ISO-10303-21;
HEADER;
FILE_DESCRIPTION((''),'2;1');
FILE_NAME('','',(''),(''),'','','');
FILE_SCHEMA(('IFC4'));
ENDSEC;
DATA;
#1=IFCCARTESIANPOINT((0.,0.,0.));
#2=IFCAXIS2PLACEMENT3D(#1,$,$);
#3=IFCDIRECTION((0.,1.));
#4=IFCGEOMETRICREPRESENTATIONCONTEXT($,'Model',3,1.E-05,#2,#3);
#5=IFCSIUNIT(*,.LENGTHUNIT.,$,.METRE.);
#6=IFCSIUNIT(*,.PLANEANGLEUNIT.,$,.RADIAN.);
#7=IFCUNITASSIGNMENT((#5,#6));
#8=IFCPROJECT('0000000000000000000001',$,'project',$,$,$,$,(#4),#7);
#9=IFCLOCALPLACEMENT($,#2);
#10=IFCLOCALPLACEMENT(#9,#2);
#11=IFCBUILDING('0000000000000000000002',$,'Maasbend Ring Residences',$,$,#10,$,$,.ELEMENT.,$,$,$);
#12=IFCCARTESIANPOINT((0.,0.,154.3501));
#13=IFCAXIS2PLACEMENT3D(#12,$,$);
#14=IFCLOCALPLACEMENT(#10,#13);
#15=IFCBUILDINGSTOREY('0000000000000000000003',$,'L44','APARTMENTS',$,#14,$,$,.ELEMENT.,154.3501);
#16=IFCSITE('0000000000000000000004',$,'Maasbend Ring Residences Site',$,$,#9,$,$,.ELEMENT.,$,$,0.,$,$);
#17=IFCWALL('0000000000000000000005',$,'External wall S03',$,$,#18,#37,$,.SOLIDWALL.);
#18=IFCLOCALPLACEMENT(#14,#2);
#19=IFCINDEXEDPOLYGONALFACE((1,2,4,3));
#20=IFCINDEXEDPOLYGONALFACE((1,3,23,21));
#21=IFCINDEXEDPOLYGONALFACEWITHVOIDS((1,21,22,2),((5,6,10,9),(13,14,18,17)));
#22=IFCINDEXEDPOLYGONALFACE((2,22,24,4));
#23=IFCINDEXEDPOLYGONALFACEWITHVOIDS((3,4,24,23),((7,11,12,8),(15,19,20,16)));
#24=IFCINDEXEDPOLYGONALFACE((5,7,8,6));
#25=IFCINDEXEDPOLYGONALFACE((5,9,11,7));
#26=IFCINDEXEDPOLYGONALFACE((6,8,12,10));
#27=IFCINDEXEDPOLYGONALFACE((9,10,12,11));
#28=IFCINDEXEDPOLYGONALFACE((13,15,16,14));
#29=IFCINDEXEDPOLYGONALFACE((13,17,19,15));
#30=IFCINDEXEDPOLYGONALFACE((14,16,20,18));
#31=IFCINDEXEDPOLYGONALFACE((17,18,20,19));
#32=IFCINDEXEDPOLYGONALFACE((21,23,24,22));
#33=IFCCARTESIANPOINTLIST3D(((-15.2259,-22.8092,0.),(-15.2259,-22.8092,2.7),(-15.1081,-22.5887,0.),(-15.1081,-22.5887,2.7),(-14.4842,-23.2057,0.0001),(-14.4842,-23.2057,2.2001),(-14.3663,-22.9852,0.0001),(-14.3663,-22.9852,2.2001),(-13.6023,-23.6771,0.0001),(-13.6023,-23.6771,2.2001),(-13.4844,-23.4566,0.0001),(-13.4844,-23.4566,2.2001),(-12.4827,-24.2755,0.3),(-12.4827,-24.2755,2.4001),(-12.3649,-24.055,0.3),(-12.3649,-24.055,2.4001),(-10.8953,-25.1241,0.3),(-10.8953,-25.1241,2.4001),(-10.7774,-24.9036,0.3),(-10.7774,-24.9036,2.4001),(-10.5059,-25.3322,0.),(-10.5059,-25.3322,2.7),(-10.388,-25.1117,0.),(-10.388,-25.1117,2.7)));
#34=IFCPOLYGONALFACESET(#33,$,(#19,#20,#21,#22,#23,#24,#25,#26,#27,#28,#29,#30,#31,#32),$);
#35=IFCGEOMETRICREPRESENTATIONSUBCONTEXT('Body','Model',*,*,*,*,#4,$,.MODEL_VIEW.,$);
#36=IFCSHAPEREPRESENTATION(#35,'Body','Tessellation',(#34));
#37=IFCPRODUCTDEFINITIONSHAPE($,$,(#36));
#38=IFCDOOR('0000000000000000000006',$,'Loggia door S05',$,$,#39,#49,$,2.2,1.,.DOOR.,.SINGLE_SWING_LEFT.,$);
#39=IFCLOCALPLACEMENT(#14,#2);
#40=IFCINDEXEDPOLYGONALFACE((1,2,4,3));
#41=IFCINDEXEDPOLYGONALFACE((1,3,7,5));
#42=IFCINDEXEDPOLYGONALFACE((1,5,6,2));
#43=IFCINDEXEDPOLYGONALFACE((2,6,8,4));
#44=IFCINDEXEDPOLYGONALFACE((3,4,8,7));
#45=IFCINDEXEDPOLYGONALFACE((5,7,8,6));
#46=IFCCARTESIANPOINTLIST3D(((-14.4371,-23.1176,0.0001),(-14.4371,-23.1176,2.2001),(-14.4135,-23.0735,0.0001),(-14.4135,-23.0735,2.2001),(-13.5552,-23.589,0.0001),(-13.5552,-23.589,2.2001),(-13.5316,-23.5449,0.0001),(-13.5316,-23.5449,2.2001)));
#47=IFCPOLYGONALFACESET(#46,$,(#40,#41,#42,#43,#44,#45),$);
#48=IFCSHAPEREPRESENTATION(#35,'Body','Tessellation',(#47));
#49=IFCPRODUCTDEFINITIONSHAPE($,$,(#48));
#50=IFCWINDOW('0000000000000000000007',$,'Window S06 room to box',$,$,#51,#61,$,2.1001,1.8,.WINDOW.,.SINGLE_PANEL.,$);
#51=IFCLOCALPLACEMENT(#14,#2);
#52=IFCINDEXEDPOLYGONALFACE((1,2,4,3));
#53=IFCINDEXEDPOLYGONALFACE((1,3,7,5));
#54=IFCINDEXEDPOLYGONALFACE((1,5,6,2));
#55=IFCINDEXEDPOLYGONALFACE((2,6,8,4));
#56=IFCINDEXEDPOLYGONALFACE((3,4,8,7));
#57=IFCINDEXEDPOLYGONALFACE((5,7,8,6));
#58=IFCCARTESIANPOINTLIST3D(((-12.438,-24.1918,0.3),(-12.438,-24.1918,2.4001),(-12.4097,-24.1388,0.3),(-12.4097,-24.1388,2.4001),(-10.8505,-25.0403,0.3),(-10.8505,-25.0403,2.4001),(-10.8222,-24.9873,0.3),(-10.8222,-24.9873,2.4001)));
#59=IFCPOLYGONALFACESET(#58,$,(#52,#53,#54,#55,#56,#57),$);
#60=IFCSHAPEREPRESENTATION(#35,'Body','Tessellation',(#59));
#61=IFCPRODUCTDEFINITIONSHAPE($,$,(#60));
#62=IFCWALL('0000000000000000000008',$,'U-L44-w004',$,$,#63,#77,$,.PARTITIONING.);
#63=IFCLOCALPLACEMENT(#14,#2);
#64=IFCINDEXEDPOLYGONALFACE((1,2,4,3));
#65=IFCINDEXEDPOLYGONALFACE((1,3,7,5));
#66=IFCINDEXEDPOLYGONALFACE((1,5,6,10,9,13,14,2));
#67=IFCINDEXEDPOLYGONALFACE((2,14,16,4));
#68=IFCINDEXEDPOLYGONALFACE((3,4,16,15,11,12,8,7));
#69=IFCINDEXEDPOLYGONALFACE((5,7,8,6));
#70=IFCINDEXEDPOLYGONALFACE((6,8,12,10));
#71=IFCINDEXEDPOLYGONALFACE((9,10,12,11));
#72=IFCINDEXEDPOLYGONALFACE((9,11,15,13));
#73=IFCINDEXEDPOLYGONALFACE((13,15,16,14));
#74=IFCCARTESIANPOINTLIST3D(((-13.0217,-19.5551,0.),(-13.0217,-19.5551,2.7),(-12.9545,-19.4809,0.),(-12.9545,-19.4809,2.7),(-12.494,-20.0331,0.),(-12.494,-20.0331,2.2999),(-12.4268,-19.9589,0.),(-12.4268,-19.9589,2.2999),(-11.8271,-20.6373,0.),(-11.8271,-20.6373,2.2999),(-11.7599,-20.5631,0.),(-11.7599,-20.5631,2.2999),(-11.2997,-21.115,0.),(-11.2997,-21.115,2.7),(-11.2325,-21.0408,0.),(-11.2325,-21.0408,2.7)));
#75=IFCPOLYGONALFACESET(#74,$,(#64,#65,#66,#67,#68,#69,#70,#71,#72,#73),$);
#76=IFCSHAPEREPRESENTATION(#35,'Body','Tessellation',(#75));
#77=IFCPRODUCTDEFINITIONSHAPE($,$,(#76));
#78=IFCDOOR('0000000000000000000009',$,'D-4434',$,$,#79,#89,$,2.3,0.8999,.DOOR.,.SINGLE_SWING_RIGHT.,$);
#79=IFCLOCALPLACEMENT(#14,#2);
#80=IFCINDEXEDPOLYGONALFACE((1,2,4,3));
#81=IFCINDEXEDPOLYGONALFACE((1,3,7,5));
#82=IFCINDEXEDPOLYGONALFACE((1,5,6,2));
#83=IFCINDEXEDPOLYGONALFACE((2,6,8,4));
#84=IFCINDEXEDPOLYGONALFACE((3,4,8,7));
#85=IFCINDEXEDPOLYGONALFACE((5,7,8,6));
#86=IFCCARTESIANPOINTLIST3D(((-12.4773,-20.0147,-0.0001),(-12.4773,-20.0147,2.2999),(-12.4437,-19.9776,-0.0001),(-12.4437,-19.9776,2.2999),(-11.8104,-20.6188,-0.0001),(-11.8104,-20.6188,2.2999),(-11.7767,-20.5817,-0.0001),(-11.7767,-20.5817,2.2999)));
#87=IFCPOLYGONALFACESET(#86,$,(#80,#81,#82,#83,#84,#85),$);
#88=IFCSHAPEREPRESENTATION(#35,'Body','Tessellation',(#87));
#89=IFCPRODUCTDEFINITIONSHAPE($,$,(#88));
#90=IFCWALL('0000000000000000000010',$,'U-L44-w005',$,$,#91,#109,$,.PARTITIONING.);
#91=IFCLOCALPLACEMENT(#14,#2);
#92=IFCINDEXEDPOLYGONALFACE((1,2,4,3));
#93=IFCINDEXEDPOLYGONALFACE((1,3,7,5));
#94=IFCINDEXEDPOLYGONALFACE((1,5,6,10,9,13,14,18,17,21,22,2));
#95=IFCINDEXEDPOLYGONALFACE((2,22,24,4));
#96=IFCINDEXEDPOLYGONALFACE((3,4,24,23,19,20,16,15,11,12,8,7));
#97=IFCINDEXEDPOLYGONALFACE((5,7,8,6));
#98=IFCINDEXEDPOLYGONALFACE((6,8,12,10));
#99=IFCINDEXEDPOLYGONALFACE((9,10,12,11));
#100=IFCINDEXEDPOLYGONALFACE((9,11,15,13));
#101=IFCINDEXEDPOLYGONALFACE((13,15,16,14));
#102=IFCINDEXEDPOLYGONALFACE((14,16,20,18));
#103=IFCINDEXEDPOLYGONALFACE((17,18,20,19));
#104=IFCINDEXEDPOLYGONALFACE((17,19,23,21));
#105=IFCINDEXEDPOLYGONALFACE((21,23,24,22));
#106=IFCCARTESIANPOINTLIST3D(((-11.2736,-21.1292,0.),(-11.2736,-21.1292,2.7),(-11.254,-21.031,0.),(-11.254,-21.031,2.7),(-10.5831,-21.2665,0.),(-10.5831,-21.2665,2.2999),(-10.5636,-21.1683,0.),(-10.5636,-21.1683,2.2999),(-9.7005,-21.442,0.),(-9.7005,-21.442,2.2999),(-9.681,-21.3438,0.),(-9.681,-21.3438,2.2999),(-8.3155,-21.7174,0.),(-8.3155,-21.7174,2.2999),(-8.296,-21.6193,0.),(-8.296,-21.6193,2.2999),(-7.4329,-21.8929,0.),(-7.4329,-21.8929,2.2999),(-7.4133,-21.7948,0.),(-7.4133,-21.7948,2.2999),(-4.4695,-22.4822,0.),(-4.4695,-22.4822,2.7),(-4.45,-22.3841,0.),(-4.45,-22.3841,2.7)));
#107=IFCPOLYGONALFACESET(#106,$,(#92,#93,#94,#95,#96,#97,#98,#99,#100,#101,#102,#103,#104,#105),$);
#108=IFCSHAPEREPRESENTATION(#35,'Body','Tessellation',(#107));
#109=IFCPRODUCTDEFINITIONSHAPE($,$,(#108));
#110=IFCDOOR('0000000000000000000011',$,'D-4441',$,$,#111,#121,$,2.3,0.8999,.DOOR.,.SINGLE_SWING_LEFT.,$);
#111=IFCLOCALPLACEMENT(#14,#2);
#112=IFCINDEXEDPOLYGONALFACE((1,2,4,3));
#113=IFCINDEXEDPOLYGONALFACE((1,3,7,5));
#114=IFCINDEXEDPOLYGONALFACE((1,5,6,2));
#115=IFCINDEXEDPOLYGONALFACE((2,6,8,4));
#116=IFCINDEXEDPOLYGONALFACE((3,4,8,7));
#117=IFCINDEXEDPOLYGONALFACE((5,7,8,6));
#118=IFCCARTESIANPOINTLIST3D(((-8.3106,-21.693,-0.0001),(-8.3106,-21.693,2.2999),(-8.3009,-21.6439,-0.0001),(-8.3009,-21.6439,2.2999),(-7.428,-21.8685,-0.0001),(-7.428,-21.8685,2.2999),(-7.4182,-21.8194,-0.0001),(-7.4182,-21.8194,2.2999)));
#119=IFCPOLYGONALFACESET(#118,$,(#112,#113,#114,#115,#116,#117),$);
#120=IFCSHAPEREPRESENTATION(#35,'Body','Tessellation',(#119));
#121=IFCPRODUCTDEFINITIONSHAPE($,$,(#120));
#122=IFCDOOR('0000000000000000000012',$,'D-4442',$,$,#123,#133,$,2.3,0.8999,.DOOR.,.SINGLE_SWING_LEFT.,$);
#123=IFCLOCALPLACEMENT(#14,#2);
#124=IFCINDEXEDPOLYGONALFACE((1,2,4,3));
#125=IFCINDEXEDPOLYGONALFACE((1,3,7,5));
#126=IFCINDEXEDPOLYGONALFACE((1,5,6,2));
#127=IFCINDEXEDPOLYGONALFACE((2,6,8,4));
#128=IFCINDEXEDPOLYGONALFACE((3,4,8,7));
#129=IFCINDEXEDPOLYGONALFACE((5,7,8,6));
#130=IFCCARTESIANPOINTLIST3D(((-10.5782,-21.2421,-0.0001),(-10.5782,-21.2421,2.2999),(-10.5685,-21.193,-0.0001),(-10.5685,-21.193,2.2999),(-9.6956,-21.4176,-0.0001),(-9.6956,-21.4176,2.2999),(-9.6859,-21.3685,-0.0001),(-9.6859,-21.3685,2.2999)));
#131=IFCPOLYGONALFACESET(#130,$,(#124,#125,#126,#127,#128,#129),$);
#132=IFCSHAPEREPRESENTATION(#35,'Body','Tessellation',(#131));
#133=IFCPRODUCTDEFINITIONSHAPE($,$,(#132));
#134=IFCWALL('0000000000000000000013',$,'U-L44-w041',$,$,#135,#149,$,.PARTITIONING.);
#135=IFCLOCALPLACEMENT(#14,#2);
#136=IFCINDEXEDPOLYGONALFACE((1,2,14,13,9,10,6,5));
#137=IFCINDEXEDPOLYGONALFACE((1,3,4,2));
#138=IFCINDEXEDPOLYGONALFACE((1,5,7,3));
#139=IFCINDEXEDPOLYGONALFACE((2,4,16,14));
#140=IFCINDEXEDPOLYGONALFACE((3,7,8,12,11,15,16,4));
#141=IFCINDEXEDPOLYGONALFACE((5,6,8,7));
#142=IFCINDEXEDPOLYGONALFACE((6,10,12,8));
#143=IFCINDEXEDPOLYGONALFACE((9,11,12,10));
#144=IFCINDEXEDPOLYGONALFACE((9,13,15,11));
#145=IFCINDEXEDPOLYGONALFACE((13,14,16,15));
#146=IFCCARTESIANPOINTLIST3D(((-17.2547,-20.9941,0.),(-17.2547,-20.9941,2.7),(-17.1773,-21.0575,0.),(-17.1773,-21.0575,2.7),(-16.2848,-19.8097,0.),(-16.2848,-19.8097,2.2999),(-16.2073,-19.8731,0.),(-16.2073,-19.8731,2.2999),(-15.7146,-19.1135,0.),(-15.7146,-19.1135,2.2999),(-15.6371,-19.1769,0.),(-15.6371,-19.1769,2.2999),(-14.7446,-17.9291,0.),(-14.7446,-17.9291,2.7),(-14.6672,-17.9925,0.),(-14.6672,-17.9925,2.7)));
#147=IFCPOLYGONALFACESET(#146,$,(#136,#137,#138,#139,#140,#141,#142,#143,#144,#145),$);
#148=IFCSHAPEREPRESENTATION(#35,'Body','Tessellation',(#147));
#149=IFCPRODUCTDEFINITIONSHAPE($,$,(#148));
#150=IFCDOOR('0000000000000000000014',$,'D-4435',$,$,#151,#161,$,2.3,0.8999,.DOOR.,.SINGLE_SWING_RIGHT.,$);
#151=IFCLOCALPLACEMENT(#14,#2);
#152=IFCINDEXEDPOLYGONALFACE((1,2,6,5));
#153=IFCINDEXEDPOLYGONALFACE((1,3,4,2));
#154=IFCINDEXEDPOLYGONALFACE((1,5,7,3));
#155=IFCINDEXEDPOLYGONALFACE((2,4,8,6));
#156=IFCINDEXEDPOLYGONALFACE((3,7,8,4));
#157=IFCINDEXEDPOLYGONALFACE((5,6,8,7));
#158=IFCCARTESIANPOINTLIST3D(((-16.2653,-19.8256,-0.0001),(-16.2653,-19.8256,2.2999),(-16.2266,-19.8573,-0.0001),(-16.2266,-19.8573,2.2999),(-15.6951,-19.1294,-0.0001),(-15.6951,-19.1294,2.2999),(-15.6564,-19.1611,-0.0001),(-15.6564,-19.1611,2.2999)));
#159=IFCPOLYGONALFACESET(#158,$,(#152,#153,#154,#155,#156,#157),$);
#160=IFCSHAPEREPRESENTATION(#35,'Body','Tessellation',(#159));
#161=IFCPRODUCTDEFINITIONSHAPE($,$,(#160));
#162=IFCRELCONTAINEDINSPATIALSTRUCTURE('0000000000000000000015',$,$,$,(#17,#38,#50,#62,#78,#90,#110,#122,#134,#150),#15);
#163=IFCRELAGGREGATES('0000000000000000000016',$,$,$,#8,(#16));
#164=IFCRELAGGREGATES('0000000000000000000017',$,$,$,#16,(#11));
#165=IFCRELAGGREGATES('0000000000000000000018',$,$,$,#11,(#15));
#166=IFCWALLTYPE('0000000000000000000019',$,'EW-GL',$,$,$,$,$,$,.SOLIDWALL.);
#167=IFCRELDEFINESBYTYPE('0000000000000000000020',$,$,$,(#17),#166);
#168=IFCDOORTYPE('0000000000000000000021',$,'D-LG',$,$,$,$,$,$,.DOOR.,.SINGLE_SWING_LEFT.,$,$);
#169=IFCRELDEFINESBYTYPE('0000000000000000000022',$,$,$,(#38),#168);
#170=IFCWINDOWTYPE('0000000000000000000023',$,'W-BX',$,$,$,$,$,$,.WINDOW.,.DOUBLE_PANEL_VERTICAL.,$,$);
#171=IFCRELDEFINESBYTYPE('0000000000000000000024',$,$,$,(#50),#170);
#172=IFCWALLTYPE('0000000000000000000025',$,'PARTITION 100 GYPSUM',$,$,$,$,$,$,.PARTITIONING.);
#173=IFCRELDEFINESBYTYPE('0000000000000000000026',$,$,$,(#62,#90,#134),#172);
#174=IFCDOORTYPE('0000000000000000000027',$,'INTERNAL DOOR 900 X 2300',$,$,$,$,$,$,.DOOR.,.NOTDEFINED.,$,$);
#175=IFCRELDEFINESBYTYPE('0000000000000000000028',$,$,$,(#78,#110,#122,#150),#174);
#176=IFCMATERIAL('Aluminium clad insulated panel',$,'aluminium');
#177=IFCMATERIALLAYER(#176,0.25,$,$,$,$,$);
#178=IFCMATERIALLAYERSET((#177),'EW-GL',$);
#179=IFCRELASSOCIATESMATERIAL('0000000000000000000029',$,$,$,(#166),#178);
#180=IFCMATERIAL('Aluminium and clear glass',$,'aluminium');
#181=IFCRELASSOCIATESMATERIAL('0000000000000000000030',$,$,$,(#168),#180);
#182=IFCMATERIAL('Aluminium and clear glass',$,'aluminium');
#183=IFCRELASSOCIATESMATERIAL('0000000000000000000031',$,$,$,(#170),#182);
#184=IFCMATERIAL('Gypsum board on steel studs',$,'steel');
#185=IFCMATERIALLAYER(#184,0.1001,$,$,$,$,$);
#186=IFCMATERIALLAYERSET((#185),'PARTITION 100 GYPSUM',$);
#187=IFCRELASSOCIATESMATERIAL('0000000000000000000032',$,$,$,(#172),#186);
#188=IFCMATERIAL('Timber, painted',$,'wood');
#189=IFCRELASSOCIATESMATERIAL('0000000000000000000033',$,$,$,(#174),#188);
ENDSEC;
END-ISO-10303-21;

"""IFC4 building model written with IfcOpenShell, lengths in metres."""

from ifc_helpers import new_model, si_unit, direction, frame, frame_2d, origin, place, context, subcontext, project, spatial, rectangle, extrude, material, layer, layer_set, type_object, element, fill, save


model = new_model("IFC4")

# Units and contexts
model_context = context("Model", 3, precision=1e-05, world=origin(), true_north=direction((0.0, 1.0)))
body_context = subcontext(model_context, "Body", "Model", "MODEL_VIEW")
ifc_project = project(units=[si_unit("LENGTHUNIT", "METRE"), si_unit("PLANEANGLEUNIT", "RADIAN")], contexts=[model_context])

# Site, building, storey
site_placement = place(None, origin())
site = spatial("IfcSite", under=ifc_project, at=site_placement, Name="Maasbend Ring Residences Site", CompositionType="ELEMENT", RefElevation=0.0)
building_placement = place(site_placement, origin())
building = spatial("IfcBuilding", under=site, at=building_placement, Name="Maasbend Ring Residences", CompositionType="ELEMENT")
storey_placement = place(building_placement, frame((0.0, 0.0, 154.3501)))
storey = spatial("IfcBuildingStorey", under=building, at=storey_placement, Name="L44", Description="APARTMENTS", CompositionType="ELEMENT", Elevation=154.3501)

# Wall, openings, door, window
ifc_material_1 = material(Name="Aluminium clad insulated panel", Category="aluminium")
ifc_layer_1 = layer(ifc_material_1, 0.25)
ifc_layer_set_1 = layer_set([ifc_layer_1], Name="EW-GL")
wall_type_1 = type_object("IfcWallType", Name="EW-GL", PredefinedType="SOLIDWALL", material=ifc_layer_set_1)
wall_1_placement = place(storey_placement, frame((-15.167, -22.699, 0.0), z_axis=(0.0, 0.0, 1.0), x_axis=(0.881916, -0.471407, 0.0)))
wall_1 = element("IfcWall", 1, at=wall_1_placement, inside=storey, type_object=wall_type_1, Name="External wall S03", PredefinedType="SOLIDWALL", context=body_context, shape_type="SweptSolid", body=[
    extrude(rectangle(XDim=5.3521, YDim=0.25, at=frame_2d((2.676, 0.0))), origin(), (0.0, 0.0, 1.0), 2.7),
])
opening_1_placement = place(wall_1_placement, frame((0.8411, 0.0, 0.0)))
opening_1 = element("IfcOpeningElement", 2, at=opening_1_placement, cuts=wall_1, PredefinedType="OPENING", context=body_context, shape_type="SweptSolid", body=[
    extrude(rectangle(XDim=1.0, YDim=2.2, at=frame_2d((0.5, 1.1001))), frame((0.0, 0.135, 0.0), z_axis=(0.0, -1.0, 0.0), x_axis=(1.0, 0.0, 0.0)), (0.0, 0.0, 1.0), 0.27),
])
opening_2_placement = place(wall_1_placement, frame((3.1106, 0.0, 0.3)))
opening_2 = element("IfcOpeningElement", 3, at=opening_2_placement, cuts=wall_1, PredefinedType="OPENING", context=body_context, shape_type="SweptSolid", body=[
    extrude(rectangle(XDim=1.8, YDim=2.1001, at=frame_2d((0.8999, 1.05))), frame((0.0, 0.135, 0.0), z_axis=(0.0, -1.0, 0.0), x_axis=(1.0, 0.0, 0.0)), (0.0, 0.0, 1.0), 0.27),
])
ifc_material_2 = material(Name="Aluminium and clear glass", Category="aluminium")
door_type_1 = type_object("IfcDoorType", Name="D-LG", OperationType="SINGLE_SWING_LEFT", PredefinedType="DOOR", material=ifc_material_2)
door_1_placement = place(opening_1_placement, origin())
door_1 = element("IfcDoor", 4, at=door_1_placement, inside=storey, type_object=door_type_1, Name="Loggia door S05", OperationType="SINGLE_SWING_LEFT", OverallHeight=2.2, OverallWidth=1.0, PredefinedType="DOOR", context=body_context, shape_type="SweptSolid", body=[
    extrude(rectangle(XDim=1.0, YDim=2.2, at=frame_2d((0.5, 1.1001))), frame((0.0, 0.0249, 0.0), z_axis=(0.0, -1.0, 0.0), x_axis=(1.0, 0.0, 0.0)), (0.0, 0.0, 1.0), 0.05),
])
fill(opening_1, door_1)
ifc_material_3 = material(Name="Aluminium and clear glass", Category="aluminium")
window_type_1 = type_object("IfcWindowType", Name="W-BX", PartitioningType="DOUBLE_PANEL_VERTICAL", PredefinedType="WINDOW", material=ifc_material_3)
window_1_placement = place(opening_2_placement, origin())
window_1 = element("IfcWindow", 5, at=window_1_placement, inside=storey, type_object=window_type_1, Name="Window S06 room to box", OverallHeight=2.1001, OverallWidth=1.8, PartitioningType="SINGLE_PANEL", PredefinedType="WINDOW", context=body_context, shape_type="SweptSolid", body=[
    extrude(rectangle(XDim=1.8, YDim=2.1001, at=frame_2d((0.8999, 1.05))), frame((0.0, 0.03, 0.0), z_axis=(0.0, -1.0, 0.0), x_axis=(1.0, 0.0, 0.0)), (0.0, 0.0, 1.0), 0.0601),
])
fill(opening_2, window_1)

# Wall, opening, door
ifc_material_4 = material(Name="Gypsum board on steel studs", Category="steel")
ifc_layer_2 = layer(ifc_material_4, 0.1001)
ifc_layer_set_2 = layer_set([ifc_layer_2], Name="PARTITION 100 GYPSUM")
wall_type_2 = type_object("IfcWallType", Name="PARTITION 100 GYPSUM", PredefinedType="PARTITIONING", material=ifc_layer_set_2)
wall_2_placement = place(storey_placement, frame((-12.988, -19.5181, 0.0), z_axis=(0.0, 0.0, 1.0), x_axis=(0.741132, -0.671359, 0.0)))
wall_2 = element("IfcWall", 6, at=wall_2_placement, inside=storey, type_object=wall_type_2, Name="U-L44-w004", PredefinedType="PARTITIONING", context=body_context, shape_type="SweptSolid", body=[
    extrude(rectangle(XDim=2.3235, YDim=0.1001, at=frame_2d((1.1616, 0.0))), origin(), (0.0, 0.0, 1.0), 2.7),
])
opening_3_placement = place(wall_2_placement, frame((0.7119, 0.0, 0.0)))
opening_3 = element("IfcOpeningElement", 7, at=opening_3_placement, cuts=wall_2, PredefinedType="OPENING", context=body_context, shape_type="SweptSolid", body=[
    extrude(rectangle(XDim=0.8999, YDim=2.3, at=frame_2d((0.45, 1.1499))), frame((0.0, 0.0601, 0.0), z_axis=(0.0, -1.0, 0.0), x_axis=(1.0, 0.0, 0.0)), (0.0, 0.0, 1.0), 0.1201),
])
ifc_material_5 = material(Name="Timber, painted", Category="wood")
door_type_2 = type_object("IfcDoorType", Name="INTERNAL DOOR 900 X 2300", OperationType="NOTDEFINED", PredefinedType="DOOR", material=ifc_material_5)
door_2_placement = place(opening_3_placement, origin())
door_2 = element("IfcDoor", 8, at=door_2_placement, inside=storey, type_object=door_type_2, Name="D-4434", OperationType="SINGLE_SWING_RIGHT", OverallHeight=2.3, OverallWidth=0.8999, PredefinedType="DOOR", context=body_context, shape_type="SweptSolid", body=[
    extrude(rectangle(XDim=0.8999, YDim=2.3, at=frame_2d((0.45, 1.1499))), frame((0.0, 0.0249, 0.0), z_axis=(0.0, -1.0, 0.0), x_axis=(1.0, 0.0, 0.0)), (0.0, 0.0, 1.0), 0.05),
])
fill(opening_3, door_2)

# Wall, openings, doors
wall_3_placement = place(storey_placement, frame((-11.2639, -21.0801, 0.0), z_axis=(0.0, 0.0, 1.0), x_axis=(0.980795, -0.19504, 0.0)))
wall_3 = element("IfcWall", 9, at=wall_3_placement, inside=storey, type_object=wall_type_2, Name="U-L44-w005", PredefinedType="PARTITIONING", context=body_context, shape_type="SweptSolid", body=[
    extrude(rectangle(XDim=6.9373, YDim=0.1001, at=frame_2d((3.4688, 0.0))), origin(), (0.0, 0.0, 1.0), 2.7),
])
opening_4_placement = place(wall_3_placement, frame((3.0161, 0.0, 0.0)))
opening_4 = element("IfcOpeningElement", 10, at=opening_4_placement, cuts=wall_3, PredefinedType="OPENING", context=body_context, shape_type="SweptSolid", body=[
    extrude(rectangle(XDim=0.8999, YDim=2.3, at=frame_2d((0.45, 1.1499))), frame((0.0, 0.0601, 0.0), z_axis=(0.0, -1.0, 0.0), x_axis=(1.0, 0.0, 0.0)), (0.0, 0.0, 1.0), 0.1201),
])
opening_5_placement = place(wall_3_placement, frame((0.7041, 0.0, 0.0)))
opening_5 = element("IfcOpeningElement", 11, at=opening_5_placement, cuts=wall_3, PredefinedType="OPENING", context=body_context, shape_type="SweptSolid", body=[
    extrude(rectangle(XDim=0.8999, YDim=2.3, at=frame_2d((0.45, 1.1499))), frame((0.0, 0.0601, 0.0), z_axis=(0.0, -1.0, 0.0), x_axis=(1.0, 0.0, 0.0)), (0.0, 0.0, 1.0), 0.1201),
])
door_3_placement = place(opening_4_placement, origin())
door_3 = element("IfcDoor", 12, at=door_3_placement, inside=storey, type_object=door_type_2, Name="D-4441", OperationType="SINGLE_SWING_LEFT", OverallHeight=2.3, OverallWidth=0.8999, PredefinedType="DOOR", context=body_context, shape_type="SweptSolid", body=[
    extrude(rectangle(XDim=0.8999, YDim=2.3, at=frame_2d((0.45, 1.1499))), frame((0.0, 0.0249, 0.0), z_axis=(0.0, -1.0, 0.0), x_axis=(1.0, 0.0, 0.0)), (0.0, 0.0, 1.0), 0.05),
])
fill(opening_4, door_3)
door_4_placement = place(opening_5_placement, origin())
door_4 = element("IfcDoor", 13, at=door_4_placement, inside=storey, type_object=door_type_2, Name="D-4442", OperationType="SINGLE_SWING_LEFT", OverallHeight=2.3, OverallWidth=0.8999, PredefinedType="DOOR", context=body_context, shape_type="SweptSolid", body=[
    extrude(rectangle(XDim=0.8999, YDim=2.3, at=frame_2d((0.45, 1.1499))), frame((0.0, 0.0249, 0.0), z_axis=(0.0, -1.0, 0.0), x_axis=(1.0, 0.0, 0.0)), (0.0, 0.0, 1.0), 0.05),
])
fill(opening_5, door_4)

# Wall, opening, door
wall_4_placement = place(storey_placement, frame((-17.2161, -21.0259, 0.0), z_axis=(0.0, 0.0, 1.0), x_axis=(0.63359, 0.773669, 0.0)))
wall_4 = element("IfcWall", 14, at=wall_4_placement, inside=storey, type_object=wall_type_2, Name="U-L44-w041", PredefinedType="PARTITIONING", context=body_context, shape_type="SweptSolid", body=[
    extrude(rectangle(XDim=3.9617, YDim=0.1001, at=frame_2d((1.981, 0.0))), origin(), (0.0, 0.0, 1.0), 2.7),
])
opening_6_placement = place(wall_4_placement, frame((1.531, 0.0, 0.0)))
opening_6 = element("IfcOpeningElement", 15, at=opening_6_placement, cuts=wall_4, PredefinedType="OPENING", context=body_context, shape_type="SweptSolid", body=[
    extrude(rectangle(XDim=0.8999, YDim=2.3, at=frame_2d((0.45, 1.1499))), frame((0.0, 0.0601, 0.0), z_axis=(0.0, -1.0, 0.0), x_axis=(1.0, 0.0, 0.0)), (0.0, 0.0, 1.0), 0.1201),
])
door_5_placement = place(opening_6_placement, origin())
door_5 = element("IfcDoor", 16, at=door_5_placement, inside=storey, type_object=door_type_2, Name="D-4435", OperationType="SINGLE_SWING_RIGHT", OverallHeight=2.3, OverallWidth=0.8999, PredefinedType="DOOR", context=body_context, shape_type="SweptSolid", body=[
    extrude(rectangle(XDim=0.8999, YDim=2.3, at=frame_2d((0.45, 1.1499))), frame((0.0, 0.0249, 0.0), z_axis=(0.0, -1.0, 0.0), x_axis=(1.0, 0.0, 0.0)), (0.0, 0.0, 1.0), 0.05),
])
fill(opening_6, door_5)

save(model, "model.ifc")
